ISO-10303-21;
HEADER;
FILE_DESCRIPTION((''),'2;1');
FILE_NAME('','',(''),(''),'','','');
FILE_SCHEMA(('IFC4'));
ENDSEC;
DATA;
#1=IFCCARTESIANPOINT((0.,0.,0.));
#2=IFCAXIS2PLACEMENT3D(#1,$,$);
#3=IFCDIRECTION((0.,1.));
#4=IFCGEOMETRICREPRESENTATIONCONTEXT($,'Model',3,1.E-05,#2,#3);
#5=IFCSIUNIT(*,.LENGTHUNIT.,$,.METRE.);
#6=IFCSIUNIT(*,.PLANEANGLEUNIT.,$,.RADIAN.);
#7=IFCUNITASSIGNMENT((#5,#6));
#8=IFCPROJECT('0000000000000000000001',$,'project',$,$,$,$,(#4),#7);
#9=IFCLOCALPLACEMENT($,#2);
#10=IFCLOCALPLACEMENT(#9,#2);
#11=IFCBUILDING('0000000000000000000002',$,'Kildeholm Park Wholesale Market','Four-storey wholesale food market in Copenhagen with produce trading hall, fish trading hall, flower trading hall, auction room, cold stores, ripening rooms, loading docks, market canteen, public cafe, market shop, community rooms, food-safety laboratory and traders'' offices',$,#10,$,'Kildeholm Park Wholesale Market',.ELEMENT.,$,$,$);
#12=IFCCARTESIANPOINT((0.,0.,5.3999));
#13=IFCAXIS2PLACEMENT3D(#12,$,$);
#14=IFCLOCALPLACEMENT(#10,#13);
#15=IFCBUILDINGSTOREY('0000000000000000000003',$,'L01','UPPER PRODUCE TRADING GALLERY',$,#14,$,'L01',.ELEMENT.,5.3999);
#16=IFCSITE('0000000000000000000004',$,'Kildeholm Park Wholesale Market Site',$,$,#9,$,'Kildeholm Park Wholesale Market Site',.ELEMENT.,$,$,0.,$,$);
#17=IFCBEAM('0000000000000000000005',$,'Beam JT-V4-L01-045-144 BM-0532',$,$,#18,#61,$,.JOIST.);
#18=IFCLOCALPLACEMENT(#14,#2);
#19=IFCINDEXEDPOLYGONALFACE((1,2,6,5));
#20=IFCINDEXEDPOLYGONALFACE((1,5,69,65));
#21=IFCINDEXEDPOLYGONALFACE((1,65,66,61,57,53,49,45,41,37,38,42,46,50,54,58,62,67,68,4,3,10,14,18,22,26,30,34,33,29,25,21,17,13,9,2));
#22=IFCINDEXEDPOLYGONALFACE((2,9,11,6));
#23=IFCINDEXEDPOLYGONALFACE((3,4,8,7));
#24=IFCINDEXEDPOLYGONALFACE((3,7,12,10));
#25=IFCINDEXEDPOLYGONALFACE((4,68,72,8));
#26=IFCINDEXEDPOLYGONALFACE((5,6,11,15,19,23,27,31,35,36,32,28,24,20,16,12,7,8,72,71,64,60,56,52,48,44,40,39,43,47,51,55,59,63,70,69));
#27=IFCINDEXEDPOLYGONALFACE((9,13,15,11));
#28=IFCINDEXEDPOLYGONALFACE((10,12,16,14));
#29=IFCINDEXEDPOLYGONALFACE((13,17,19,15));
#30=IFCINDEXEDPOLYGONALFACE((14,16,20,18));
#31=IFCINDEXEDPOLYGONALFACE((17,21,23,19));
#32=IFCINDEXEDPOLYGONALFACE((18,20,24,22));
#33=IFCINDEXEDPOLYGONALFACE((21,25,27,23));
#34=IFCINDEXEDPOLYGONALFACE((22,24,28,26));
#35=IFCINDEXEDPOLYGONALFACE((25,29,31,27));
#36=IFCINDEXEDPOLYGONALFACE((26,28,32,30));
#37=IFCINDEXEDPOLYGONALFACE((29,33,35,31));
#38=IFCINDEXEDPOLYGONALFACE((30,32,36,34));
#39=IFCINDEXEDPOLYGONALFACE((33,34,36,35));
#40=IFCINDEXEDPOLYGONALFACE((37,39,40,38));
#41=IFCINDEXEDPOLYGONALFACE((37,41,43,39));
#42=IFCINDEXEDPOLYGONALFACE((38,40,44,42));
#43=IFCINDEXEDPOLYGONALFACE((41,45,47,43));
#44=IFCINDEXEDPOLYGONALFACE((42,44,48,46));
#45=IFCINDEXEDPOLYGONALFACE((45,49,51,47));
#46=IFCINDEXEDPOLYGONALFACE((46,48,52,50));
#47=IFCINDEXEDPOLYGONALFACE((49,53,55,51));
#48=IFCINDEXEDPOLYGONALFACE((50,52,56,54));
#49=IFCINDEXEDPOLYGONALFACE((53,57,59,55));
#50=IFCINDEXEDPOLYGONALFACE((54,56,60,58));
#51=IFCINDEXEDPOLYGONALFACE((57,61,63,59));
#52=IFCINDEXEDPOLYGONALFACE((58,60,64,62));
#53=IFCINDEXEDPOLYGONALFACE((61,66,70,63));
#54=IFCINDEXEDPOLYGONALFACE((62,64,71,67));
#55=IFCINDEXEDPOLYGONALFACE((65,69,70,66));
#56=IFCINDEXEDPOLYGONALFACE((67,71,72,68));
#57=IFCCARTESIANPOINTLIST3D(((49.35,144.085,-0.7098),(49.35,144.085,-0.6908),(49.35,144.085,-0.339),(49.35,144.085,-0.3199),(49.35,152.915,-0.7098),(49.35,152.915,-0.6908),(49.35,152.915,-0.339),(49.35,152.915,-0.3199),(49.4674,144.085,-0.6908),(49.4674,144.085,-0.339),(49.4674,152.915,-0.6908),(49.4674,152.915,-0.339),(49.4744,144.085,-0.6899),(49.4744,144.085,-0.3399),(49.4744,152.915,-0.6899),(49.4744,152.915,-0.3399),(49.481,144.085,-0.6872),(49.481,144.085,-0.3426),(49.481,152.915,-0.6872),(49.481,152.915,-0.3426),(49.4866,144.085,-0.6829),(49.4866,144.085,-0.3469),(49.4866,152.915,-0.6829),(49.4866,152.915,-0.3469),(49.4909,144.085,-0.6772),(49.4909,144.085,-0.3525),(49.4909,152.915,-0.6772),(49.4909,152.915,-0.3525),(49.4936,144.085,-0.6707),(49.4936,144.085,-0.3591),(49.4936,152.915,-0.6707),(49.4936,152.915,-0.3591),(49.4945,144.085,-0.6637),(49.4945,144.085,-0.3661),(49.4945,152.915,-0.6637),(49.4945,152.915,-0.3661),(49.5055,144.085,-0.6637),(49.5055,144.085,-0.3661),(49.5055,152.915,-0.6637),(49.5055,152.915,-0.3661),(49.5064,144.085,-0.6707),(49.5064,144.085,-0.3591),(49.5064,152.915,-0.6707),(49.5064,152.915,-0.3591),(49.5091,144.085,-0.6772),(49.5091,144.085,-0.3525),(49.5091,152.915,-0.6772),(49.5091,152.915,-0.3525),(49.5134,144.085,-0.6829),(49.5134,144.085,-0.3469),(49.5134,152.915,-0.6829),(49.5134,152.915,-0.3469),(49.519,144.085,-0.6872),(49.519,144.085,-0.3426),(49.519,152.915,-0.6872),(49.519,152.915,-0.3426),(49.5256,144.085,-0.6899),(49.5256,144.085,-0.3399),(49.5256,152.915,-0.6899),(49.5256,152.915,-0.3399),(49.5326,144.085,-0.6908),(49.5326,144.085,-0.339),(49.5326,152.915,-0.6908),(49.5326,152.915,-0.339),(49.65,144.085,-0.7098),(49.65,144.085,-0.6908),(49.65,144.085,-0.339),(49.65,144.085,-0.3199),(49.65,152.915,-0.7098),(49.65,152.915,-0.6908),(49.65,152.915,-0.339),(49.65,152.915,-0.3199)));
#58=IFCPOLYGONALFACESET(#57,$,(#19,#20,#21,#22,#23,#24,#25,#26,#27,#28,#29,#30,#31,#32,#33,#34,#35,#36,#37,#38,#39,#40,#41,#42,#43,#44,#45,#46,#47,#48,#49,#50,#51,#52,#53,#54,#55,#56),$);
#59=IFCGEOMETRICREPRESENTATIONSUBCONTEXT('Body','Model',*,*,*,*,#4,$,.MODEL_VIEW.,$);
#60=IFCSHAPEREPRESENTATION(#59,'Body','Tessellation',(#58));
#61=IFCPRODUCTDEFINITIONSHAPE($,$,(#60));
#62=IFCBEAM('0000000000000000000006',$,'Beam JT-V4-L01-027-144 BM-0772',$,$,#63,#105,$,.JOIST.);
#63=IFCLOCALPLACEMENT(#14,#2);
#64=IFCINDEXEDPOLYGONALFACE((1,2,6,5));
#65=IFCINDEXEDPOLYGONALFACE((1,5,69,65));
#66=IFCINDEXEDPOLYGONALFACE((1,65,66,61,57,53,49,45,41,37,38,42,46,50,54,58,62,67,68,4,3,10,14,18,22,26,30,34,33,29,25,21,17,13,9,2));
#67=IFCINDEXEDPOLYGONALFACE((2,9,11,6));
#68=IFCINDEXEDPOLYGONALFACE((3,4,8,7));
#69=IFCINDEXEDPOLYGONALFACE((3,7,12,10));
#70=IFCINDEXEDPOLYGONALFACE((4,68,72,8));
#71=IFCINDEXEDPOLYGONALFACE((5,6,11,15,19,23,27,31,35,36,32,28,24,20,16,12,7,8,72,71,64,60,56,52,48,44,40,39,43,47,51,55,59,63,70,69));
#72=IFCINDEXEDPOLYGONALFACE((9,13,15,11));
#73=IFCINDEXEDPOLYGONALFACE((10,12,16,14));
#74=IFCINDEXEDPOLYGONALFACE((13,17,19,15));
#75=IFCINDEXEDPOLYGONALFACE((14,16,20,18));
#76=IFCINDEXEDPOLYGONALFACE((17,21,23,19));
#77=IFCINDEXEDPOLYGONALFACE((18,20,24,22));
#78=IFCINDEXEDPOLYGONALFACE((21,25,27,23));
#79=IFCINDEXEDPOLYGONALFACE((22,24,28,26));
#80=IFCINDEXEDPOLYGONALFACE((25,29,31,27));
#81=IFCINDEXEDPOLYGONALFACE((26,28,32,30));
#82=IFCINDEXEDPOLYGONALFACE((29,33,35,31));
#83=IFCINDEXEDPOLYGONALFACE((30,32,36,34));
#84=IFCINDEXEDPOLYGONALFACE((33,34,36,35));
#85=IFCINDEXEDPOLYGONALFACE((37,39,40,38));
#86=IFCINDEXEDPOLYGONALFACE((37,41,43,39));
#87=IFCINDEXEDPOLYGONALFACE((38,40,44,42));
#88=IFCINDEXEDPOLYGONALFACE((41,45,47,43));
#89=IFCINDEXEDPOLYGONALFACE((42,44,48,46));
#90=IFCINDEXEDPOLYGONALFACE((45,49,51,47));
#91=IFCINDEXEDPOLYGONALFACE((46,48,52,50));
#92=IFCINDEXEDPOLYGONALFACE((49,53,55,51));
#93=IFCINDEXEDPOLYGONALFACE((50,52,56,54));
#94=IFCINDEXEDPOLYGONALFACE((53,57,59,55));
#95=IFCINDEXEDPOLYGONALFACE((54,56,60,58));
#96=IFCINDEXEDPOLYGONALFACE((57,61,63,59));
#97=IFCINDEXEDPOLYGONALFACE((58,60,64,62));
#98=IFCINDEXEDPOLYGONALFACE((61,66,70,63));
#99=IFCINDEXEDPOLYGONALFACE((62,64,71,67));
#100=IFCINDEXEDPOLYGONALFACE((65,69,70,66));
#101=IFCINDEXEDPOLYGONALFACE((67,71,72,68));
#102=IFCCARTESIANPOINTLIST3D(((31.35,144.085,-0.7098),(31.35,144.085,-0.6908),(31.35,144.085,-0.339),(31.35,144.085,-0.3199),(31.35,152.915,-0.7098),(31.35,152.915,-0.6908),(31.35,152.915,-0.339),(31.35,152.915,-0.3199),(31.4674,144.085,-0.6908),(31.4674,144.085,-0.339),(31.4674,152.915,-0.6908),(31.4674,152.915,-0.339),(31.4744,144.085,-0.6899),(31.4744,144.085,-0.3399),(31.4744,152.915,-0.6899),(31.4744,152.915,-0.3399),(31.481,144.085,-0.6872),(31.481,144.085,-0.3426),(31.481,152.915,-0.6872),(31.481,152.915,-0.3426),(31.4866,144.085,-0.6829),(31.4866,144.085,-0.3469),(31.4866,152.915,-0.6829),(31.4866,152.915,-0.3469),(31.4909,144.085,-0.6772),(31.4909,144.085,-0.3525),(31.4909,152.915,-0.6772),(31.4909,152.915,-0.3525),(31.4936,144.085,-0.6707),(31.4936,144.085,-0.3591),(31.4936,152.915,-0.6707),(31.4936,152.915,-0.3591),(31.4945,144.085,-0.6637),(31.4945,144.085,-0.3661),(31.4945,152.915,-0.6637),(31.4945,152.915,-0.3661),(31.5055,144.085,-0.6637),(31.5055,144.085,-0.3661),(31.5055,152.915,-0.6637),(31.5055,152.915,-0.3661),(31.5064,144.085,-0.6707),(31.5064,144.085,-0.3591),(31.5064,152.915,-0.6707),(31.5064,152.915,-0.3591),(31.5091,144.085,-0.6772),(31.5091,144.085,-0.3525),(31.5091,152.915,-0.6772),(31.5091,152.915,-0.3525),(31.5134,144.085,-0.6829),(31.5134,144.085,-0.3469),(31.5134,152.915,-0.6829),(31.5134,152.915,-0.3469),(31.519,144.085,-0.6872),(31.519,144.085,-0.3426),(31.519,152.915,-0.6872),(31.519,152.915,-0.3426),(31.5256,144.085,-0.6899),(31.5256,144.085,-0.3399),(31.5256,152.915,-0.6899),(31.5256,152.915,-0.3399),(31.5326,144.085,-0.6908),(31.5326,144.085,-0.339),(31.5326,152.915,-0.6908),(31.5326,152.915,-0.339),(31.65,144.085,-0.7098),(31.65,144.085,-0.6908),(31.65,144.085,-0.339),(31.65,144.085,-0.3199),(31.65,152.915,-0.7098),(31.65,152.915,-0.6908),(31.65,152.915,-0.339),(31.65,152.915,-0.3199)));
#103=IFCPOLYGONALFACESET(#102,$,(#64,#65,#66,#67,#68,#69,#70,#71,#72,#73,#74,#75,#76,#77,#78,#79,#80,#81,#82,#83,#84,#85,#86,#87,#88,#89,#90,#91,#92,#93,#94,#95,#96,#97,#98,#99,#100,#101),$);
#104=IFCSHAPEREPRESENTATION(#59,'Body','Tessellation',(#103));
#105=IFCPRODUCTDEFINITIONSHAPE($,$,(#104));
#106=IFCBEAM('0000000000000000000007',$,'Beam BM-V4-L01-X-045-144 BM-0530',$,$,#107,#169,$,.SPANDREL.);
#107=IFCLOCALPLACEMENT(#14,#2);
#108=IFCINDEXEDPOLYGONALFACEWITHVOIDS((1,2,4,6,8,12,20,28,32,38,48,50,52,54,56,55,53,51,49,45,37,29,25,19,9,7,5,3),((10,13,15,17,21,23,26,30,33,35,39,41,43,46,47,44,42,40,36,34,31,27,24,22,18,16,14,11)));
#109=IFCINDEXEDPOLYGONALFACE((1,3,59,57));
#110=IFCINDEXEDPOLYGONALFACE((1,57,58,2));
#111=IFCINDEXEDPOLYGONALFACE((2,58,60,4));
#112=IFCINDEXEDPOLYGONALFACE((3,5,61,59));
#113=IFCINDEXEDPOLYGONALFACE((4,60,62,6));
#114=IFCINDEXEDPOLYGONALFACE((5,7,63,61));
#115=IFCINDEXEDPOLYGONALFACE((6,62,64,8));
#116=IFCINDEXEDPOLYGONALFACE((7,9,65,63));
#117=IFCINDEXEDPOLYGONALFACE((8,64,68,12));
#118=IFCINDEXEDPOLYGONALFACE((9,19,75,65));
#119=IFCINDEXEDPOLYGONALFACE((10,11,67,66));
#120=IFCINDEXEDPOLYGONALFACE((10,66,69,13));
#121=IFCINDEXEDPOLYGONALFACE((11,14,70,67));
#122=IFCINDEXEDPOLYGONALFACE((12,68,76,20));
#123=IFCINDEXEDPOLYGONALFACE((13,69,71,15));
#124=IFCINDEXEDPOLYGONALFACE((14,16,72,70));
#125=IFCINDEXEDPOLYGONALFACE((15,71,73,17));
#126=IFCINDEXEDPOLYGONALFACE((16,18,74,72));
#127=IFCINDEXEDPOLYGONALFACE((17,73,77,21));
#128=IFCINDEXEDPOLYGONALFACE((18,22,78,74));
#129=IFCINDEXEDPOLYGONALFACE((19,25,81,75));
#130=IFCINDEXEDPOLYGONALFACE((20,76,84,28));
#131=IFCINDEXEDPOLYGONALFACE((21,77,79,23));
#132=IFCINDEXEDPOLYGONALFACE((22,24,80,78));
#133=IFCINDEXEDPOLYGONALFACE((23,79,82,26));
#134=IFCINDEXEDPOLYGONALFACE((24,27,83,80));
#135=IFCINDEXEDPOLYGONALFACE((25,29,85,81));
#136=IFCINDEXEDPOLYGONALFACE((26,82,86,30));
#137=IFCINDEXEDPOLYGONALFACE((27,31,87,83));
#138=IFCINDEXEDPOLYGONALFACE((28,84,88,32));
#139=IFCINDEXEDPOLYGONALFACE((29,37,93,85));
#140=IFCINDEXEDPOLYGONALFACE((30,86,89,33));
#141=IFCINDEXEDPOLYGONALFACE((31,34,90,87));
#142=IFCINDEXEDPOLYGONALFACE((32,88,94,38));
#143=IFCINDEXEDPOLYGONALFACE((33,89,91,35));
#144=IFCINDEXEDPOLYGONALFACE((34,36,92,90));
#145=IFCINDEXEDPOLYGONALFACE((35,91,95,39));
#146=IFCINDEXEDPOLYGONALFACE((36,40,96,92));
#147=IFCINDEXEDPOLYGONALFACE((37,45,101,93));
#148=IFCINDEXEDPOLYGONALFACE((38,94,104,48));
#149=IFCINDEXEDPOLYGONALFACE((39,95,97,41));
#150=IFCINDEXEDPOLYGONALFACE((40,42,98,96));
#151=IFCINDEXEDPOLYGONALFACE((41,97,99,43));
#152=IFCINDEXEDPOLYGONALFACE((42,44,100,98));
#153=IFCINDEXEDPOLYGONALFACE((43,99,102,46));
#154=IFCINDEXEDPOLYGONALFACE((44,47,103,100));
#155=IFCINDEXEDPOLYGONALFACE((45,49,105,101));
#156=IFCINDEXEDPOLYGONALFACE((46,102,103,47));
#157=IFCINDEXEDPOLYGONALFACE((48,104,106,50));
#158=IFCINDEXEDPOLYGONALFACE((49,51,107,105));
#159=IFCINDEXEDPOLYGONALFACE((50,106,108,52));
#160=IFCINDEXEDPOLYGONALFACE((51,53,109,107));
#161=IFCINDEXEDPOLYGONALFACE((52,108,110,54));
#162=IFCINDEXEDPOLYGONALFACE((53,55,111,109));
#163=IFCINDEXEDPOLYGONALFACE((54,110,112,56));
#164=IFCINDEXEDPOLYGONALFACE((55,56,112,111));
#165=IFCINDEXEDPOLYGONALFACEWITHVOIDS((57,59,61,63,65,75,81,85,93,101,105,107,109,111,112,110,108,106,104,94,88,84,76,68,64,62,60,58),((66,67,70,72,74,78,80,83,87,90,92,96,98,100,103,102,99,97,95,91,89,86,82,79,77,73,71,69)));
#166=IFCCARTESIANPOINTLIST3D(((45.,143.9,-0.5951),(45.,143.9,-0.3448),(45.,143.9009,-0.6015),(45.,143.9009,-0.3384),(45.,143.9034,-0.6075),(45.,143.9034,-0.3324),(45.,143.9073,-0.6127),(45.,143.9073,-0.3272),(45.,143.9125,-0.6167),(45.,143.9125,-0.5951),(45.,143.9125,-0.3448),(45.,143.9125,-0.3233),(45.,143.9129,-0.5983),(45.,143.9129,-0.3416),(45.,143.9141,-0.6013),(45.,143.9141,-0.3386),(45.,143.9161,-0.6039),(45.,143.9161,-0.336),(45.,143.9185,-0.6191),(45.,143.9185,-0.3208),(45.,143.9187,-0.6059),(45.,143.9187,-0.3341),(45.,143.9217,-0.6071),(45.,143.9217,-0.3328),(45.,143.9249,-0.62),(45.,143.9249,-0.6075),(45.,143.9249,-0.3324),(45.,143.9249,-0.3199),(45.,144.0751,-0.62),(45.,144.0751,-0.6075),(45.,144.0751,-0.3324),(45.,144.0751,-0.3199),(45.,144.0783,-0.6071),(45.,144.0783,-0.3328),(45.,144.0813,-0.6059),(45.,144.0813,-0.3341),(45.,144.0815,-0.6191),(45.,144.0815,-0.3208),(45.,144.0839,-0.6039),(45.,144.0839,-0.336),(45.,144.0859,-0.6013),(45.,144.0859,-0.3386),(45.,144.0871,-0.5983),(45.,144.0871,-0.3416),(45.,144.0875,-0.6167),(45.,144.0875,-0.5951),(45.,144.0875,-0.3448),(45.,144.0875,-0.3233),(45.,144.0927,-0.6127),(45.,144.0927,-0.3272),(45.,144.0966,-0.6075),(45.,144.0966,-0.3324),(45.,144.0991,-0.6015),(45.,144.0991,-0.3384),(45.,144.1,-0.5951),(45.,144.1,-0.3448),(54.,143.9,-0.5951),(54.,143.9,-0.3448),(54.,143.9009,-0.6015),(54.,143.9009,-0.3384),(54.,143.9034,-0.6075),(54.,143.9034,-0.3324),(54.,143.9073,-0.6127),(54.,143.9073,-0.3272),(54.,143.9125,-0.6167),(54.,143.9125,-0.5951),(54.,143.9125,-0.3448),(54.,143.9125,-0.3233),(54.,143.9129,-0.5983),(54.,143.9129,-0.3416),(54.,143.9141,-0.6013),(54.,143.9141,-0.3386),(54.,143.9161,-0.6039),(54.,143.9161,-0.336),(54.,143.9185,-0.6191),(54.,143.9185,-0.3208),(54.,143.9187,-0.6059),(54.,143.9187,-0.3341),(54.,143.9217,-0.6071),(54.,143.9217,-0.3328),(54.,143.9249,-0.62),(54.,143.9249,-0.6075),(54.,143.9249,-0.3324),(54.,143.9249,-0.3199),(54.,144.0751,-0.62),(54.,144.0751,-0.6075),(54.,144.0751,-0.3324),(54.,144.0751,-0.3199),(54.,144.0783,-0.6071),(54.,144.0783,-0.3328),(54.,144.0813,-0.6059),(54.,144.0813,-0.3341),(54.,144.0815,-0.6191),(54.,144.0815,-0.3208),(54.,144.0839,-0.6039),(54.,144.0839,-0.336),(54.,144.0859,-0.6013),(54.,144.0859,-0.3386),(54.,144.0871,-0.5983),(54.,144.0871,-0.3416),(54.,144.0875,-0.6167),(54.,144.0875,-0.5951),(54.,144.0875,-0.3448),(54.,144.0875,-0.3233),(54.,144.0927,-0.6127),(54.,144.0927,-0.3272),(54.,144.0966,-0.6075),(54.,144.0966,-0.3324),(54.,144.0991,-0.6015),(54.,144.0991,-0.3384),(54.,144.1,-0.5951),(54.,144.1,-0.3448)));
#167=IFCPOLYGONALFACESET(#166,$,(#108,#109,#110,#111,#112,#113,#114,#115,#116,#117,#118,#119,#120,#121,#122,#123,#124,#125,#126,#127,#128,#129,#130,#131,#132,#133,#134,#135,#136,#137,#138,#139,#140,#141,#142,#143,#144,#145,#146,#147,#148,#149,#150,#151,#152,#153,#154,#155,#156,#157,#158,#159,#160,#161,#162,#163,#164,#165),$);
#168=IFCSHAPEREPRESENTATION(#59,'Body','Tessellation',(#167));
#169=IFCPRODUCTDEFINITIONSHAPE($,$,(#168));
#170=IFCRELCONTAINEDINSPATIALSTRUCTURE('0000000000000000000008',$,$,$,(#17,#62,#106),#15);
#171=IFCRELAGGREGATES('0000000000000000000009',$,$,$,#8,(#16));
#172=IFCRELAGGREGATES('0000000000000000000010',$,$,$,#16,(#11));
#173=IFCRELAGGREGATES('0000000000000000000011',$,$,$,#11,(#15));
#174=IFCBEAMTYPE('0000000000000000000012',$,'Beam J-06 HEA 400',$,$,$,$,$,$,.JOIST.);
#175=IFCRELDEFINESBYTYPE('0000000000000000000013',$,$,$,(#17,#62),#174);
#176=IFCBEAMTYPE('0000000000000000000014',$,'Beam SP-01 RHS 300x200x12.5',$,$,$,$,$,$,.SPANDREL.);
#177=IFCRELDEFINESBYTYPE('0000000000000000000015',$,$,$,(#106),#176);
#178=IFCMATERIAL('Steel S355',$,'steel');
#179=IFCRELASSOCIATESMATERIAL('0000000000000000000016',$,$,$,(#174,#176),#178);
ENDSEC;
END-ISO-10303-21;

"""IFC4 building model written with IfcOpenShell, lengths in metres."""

from ifc_helpers import new_model, si_unit, direction, frame, origin, origin_2d, place, context, subcontext, project, spatial, hollow_rectangle, i_section, extrude, material, material_profile, profile_set, type_object, element, save


model = new_model("IFC4")

# Units and contexts
model_context = context("Model", 3, precision=1e-05, world=origin(), true_north=direction((0.0, 1.0)))
body_context = subcontext(model_context, "Body", "Model", "MODEL_VIEW")
ifc_project = project(units=[si_unit("LENGTHUNIT", "METRE"), si_unit("PLANEANGLEUNIT", "RADIAN")], contexts=[model_context])

# Site, building, storey
site_placement = place(None, origin())
site = spatial("IfcSite", under=ifc_project, at=site_placement, Name="Kildeholm Park Wholesale Market Site", LongName="Kildeholm Park Wholesale Market Site", CompositionType="ELEMENT", RefElevation=0.0)
building_placement = place(site_placement, origin())
building = spatial("IfcBuilding", under=site, at=building_placement, Name="Kildeholm Park Wholesale Market", Description="Four-storey wholesale food market in Copenhagen with produce trading hall, fish trading hall, flower trading hall, auction room, cold stores, ripening rooms, loading docks, market canteen, public cafe, market shop, community rooms, food-safety laboratory and traders' offices", LongName="Kildeholm Park Wholesale Market", CompositionType="ELEMENT")
storey_placement = place(building_placement, frame((0.0, 0.0, 5.3999)))
storey = spatial("IfcBuildingStorey", under=building, at=storey_placement, Name="L01", Description="UPPER PRODUCE TRADING GALLERY", LongName="L01", CompositionType="ELEMENT", Elevation=5.3999)

# Beams
ifc_material_1 = material(Name="Steel S355", Category="steel")
ifc_material_profile_1 = material_profile(ifc_material_1, i_section(OverallWidth=0.3, OverallDepth=0.3899, WebThickness=0.011, FlangeThickness=0.019, FilletRadius=0.0271, at=origin_2d()), Name="HEA 400")
ifc_profile_set_1 = profile_set([ifc_material_profile_1], Name="Steel S355")
beam_type_1 = type_object("IfcBeamType", Name="Beam J-06 HEA 400", PredefinedType="JOIST", material=ifc_profile_set_1)
for number, where, z_axis, x_axis, name in (
    (1, (49.5, 144.085, -0.5149), (0.0, 1.0, 0.0), (-1.0, 0.0, 0.0), "Beam JT-V4-L01-045-144 BM-0532"),
    (2, (31.5, 144.085, -0.5149), (0.0, 1.0, 0.0), (-1.0, 0.0, 0.0), "Beam JT-V4-L01-027-144 BM-0772"),
):
    element("IfcBeam", number, at=place(storey_placement, frame(where, z_axis=z_axis, x_axis=x_axis)), inside=storey, type_object=beam_type_1, Name=name, PredefinedType="JOIST", context=body_context, shape_type="SweptSolid", body=[
        extrude(i_section(OverallWidth=0.3, OverallDepth=0.3899, WebThickness=0.011, FlangeThickness=0.019, FilletRadius=0.0271, at=origin_2d()), origin(), (0.0, 0.0, 1.0), 8.8301),
    ])
ifc_material_profile_2 = material_profile(ifc_material_1, hollow_rectangle(XDim=0.2, YDim=0.3, WallThickness=0.0125, InnerFilletRadius=0.0125, OuterFilletRadius=0.0249, at=origin_2d()), Name="RHS 300x200x12.5")
ifc_profile_set_2 = profile_set([ifc_material_profile_2], Name="Steel S355")
beam_type_2 = type_object("IfcBeamType", Name="Beam SP-01 RHS 300x200x12.5", PredefinedType="SPANDREL", material=ifc_profile_set_2)
for number, where, z_axis, x_axis, name in (
    (3, (45.0, 144.0, -0.47), (1.0, 0.0, 0.0), (0.0, 1.0, 0.0), "Beam BM-V4-L01-X-045-144 BM-0530"),
):
    element("IfcBeam", number, at=place(storey_placement, frame(where, z_axis=z_axis, x_axis=x_axis)), inside=storey, type_object=beam_type_2, Name=name, PredefinedType="SPANDREL", context=body_context, shape_type="SweptSolid", body=[
        extrude(hollow_rectangle(XDim=0.2, YDim=0.3, WallThickness=0.0125, InnerFilletRadius=0.0125, OuterFilletRadius=0.0249, at=origin_2d()), origin(), (0.0, 0.0, 1.0), 9.0),
    ])

save(model, "model.ifc")
